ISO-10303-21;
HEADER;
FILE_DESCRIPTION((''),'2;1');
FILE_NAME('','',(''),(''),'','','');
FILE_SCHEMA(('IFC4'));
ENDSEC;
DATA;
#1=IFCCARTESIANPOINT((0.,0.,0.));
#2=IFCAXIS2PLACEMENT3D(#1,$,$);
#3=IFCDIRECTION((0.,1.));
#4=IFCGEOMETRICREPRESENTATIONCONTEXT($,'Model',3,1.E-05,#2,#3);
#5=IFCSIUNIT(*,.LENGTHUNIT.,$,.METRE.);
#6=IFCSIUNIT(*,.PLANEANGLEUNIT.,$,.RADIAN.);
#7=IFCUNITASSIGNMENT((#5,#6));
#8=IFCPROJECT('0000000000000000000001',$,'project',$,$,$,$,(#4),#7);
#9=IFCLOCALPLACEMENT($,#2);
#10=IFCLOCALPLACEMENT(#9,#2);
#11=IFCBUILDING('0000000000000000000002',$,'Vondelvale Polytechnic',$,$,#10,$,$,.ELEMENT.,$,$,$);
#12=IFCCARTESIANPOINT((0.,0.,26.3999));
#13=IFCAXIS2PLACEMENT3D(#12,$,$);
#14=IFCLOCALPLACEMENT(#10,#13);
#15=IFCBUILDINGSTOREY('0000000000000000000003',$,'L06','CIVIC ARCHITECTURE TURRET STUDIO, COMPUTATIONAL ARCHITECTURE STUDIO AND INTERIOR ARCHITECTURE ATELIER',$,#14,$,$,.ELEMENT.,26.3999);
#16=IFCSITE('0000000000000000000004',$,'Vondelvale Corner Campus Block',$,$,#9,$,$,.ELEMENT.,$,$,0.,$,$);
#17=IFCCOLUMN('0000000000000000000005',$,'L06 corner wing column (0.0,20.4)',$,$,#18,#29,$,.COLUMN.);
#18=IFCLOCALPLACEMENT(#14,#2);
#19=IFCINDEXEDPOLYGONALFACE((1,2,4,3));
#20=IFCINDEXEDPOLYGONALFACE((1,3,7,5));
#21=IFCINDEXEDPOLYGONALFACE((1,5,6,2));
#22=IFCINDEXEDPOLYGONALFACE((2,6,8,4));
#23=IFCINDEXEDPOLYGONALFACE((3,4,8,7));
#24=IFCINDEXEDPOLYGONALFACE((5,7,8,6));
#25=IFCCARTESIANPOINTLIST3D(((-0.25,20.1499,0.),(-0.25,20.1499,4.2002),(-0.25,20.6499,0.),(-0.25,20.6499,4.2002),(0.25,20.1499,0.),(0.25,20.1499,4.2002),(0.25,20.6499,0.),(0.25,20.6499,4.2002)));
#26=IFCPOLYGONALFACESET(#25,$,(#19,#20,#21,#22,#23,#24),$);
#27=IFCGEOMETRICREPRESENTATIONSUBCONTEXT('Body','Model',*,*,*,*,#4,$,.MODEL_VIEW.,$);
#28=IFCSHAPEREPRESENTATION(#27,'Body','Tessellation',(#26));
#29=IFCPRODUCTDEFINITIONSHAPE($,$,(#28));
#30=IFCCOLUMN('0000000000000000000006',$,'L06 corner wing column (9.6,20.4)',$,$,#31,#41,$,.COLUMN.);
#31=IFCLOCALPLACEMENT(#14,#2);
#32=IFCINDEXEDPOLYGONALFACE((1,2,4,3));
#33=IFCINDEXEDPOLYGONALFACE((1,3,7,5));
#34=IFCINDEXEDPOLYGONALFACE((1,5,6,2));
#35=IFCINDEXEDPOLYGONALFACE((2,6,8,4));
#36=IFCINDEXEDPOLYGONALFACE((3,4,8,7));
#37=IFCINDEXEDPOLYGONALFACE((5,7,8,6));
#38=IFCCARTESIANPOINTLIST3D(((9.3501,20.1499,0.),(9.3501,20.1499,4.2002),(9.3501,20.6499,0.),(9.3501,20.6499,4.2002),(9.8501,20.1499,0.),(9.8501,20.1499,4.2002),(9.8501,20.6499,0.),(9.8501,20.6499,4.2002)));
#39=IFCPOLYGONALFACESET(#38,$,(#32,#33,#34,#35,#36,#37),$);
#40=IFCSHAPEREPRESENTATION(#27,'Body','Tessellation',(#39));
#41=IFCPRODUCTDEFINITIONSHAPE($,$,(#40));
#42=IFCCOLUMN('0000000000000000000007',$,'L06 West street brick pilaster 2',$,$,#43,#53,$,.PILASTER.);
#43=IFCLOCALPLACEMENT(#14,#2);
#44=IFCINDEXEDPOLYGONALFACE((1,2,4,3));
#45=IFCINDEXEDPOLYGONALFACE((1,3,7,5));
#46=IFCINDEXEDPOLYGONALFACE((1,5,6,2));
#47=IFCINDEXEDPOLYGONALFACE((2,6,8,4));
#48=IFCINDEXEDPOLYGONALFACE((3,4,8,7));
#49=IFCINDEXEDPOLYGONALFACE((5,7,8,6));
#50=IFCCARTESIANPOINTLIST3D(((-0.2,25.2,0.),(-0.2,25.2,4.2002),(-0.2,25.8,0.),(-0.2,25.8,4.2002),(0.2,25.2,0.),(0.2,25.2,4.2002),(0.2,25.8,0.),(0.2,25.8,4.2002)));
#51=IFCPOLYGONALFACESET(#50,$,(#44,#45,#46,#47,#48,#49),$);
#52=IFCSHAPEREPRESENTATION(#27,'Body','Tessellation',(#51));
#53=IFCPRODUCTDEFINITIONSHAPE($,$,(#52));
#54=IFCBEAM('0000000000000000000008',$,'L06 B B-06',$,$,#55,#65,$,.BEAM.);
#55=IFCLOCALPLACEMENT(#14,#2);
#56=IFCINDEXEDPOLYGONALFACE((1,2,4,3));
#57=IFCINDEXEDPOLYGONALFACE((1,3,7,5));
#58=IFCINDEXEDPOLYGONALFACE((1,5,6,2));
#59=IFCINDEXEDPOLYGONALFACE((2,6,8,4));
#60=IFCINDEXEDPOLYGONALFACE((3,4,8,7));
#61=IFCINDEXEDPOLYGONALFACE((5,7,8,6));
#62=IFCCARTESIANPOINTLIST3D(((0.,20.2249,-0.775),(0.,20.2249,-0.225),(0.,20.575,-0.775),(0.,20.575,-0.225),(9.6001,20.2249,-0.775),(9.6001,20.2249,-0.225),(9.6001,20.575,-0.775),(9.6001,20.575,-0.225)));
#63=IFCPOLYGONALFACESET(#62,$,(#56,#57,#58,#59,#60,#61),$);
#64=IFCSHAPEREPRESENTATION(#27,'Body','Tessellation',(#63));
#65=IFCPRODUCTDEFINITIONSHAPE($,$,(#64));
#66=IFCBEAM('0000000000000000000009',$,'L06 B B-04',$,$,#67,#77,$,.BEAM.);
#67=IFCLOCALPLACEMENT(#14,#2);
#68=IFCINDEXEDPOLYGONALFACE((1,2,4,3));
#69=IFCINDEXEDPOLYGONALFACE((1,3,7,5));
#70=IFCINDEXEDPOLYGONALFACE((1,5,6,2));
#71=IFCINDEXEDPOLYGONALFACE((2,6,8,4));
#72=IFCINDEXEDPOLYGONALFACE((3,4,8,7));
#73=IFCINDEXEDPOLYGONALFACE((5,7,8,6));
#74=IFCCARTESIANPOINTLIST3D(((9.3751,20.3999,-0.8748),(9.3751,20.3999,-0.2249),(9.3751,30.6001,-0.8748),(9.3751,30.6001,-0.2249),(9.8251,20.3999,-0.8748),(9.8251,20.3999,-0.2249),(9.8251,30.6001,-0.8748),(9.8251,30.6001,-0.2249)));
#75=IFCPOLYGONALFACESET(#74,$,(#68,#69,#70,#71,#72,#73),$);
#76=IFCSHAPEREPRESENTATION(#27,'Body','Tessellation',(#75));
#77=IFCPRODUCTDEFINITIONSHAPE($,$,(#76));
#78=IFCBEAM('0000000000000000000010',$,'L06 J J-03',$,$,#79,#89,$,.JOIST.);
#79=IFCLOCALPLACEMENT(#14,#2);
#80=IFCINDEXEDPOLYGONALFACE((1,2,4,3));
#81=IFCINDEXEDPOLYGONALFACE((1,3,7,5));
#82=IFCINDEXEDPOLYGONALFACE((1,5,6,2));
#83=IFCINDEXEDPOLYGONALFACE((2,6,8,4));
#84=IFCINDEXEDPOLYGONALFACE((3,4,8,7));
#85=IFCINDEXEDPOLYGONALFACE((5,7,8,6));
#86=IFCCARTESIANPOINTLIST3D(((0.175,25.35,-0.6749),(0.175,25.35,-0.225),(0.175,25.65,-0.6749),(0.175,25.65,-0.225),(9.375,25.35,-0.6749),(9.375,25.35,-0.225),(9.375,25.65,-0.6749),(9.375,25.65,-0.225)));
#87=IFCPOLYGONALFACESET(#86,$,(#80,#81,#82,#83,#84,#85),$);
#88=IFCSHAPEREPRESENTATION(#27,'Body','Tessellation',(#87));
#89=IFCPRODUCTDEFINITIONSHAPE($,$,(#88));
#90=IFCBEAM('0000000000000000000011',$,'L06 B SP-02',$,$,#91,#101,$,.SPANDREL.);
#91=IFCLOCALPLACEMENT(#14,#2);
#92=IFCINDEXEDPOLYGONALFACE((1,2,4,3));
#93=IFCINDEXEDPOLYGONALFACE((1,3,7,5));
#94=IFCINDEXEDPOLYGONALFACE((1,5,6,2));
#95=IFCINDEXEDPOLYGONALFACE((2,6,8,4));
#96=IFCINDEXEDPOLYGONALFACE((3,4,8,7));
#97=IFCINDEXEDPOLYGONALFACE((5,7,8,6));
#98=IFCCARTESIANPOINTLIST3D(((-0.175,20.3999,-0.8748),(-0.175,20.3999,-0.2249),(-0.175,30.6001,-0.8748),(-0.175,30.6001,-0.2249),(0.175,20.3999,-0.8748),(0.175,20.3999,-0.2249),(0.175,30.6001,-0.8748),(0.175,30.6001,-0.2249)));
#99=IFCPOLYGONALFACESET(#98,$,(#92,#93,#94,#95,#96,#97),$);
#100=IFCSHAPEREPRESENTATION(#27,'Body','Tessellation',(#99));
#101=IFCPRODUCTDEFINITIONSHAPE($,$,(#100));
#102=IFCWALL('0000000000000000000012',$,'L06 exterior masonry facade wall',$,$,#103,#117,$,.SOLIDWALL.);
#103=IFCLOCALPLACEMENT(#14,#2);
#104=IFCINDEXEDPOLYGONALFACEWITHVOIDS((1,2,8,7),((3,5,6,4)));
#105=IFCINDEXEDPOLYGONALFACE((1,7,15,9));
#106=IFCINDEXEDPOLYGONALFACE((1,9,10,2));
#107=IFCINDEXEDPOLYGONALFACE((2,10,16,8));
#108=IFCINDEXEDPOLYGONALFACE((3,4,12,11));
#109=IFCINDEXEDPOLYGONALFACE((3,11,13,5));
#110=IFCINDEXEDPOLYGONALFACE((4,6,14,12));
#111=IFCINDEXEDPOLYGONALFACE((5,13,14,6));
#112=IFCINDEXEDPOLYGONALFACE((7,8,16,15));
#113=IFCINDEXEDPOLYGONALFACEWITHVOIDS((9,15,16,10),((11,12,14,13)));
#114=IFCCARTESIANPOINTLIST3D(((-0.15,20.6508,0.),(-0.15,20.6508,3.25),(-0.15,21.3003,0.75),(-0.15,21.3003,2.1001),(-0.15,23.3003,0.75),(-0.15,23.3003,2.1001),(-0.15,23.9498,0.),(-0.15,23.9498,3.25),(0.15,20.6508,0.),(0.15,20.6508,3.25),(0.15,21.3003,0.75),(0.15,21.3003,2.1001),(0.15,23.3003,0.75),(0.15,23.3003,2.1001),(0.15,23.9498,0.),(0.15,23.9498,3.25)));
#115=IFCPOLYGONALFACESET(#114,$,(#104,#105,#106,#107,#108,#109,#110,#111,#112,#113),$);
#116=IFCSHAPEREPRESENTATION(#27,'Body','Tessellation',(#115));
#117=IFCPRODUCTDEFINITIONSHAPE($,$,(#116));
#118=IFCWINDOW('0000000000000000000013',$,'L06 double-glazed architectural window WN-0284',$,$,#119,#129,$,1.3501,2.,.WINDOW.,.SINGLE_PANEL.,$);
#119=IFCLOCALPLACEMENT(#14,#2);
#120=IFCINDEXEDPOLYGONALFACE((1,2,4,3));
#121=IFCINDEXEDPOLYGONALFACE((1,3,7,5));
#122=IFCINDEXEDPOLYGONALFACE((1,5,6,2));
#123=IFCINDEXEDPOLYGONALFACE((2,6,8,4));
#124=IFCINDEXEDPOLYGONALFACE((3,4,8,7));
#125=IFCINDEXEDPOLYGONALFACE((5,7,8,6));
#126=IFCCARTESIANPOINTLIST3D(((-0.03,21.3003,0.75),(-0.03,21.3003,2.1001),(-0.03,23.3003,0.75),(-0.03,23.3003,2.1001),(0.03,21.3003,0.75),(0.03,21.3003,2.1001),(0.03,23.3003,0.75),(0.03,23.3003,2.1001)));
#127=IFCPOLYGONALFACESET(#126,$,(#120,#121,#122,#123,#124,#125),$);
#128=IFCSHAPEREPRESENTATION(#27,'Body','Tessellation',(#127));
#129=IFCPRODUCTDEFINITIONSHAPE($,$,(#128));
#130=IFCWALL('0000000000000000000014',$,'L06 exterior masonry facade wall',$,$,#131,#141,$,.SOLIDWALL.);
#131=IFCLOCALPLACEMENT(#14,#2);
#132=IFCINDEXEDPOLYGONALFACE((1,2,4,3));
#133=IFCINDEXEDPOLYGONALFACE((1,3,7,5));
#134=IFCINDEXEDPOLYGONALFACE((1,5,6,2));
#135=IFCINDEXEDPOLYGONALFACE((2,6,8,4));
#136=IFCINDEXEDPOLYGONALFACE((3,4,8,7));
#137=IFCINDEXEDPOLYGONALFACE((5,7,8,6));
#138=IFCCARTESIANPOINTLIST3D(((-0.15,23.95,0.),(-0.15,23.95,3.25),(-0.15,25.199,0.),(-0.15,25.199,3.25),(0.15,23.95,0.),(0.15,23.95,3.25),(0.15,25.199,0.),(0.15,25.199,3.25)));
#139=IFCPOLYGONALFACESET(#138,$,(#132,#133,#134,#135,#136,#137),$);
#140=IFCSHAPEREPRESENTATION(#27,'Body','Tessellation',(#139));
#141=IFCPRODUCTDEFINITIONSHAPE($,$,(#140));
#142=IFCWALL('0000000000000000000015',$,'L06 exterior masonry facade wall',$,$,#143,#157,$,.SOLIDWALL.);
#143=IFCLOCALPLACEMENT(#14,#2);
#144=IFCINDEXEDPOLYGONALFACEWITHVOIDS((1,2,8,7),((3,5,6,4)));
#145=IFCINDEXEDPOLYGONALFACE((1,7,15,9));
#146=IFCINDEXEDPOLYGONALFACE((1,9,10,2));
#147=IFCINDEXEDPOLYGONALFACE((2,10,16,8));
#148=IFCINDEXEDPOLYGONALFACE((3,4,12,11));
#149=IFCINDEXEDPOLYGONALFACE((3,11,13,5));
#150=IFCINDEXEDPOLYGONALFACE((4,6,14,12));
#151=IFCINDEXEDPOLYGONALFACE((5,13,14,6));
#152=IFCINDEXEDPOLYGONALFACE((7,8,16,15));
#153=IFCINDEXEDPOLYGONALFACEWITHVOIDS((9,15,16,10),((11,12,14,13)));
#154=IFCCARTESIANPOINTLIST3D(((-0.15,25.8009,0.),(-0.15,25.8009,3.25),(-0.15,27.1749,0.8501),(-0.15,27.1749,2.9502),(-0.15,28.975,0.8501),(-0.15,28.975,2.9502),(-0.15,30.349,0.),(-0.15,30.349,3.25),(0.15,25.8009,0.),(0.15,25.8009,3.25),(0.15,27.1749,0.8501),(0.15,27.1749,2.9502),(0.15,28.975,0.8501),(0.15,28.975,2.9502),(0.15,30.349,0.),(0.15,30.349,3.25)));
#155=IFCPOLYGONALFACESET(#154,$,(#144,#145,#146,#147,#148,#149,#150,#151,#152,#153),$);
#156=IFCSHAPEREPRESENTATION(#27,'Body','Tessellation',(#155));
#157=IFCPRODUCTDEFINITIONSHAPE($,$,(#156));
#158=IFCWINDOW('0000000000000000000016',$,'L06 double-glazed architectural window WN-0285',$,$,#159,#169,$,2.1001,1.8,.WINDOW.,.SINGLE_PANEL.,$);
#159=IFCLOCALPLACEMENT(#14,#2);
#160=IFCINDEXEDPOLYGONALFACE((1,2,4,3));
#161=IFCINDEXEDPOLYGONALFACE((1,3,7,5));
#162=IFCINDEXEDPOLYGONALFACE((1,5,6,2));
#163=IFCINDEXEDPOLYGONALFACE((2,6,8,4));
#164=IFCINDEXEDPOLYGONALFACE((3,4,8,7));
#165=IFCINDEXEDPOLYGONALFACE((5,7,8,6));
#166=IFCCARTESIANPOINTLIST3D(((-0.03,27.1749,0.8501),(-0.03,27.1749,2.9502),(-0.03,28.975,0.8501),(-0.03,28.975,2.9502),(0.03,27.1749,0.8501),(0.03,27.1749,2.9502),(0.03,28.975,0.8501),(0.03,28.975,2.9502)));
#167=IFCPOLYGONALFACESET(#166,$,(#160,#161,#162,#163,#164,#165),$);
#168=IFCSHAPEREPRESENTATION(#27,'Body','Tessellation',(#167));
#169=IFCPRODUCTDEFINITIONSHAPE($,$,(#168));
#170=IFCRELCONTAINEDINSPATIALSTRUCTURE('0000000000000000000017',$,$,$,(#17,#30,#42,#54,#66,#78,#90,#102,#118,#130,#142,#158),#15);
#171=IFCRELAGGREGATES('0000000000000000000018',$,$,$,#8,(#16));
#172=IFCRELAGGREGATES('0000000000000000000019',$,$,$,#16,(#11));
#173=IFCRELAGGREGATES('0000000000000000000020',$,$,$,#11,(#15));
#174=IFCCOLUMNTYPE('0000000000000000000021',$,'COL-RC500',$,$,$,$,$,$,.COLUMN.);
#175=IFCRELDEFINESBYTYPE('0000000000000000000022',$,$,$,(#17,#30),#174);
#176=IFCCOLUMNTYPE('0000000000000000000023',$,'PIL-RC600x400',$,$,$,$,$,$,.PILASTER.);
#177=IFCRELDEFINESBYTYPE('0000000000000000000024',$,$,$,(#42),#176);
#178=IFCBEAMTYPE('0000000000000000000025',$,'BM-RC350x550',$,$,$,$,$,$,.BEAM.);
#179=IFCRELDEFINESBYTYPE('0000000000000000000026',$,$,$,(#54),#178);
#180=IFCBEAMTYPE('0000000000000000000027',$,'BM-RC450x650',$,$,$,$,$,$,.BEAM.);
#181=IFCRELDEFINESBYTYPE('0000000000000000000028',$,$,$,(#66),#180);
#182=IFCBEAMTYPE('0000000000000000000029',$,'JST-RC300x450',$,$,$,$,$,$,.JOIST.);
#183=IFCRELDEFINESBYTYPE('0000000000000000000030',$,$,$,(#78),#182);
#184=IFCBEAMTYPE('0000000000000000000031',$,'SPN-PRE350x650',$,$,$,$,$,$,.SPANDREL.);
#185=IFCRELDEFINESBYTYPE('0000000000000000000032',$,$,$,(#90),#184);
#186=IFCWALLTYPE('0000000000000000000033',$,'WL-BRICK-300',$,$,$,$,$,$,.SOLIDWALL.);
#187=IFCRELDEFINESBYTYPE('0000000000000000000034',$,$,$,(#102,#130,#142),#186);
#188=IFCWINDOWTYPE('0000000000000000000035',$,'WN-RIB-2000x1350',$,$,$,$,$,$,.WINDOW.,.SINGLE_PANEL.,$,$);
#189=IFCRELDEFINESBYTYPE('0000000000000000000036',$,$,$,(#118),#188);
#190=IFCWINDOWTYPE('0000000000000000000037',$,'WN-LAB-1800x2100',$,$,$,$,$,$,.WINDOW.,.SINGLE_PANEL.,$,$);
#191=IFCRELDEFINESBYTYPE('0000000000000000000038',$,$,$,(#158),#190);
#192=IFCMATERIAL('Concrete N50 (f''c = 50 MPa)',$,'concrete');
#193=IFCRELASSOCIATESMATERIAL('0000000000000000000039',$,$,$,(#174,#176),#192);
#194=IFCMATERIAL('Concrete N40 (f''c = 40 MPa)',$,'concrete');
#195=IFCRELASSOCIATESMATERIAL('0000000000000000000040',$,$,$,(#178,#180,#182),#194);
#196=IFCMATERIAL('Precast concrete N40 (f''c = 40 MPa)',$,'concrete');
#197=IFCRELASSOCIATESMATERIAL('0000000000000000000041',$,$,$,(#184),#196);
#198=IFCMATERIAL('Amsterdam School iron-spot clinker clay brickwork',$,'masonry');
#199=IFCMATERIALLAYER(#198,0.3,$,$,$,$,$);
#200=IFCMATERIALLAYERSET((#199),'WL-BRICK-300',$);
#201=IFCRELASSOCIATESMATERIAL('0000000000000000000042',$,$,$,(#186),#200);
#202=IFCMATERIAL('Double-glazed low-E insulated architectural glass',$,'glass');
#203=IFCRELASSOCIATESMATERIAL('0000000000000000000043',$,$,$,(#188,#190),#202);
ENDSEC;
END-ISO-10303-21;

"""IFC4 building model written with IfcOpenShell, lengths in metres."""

from ifc_helpers import new_model, si_unit, direction, frame, frame_2d, origin, origin_2d, place, context, subcontext, project, spatial, rectangle, extrude, material, layer, layer_set, material_profile, profile_set, type_object, element, fill, save


model = new_model("IFC4")

# Units and contexts
model_context = context("Model", 3, precision=1e-05, world=origin(), true_north=direction((0.0, 1.0)))
body_context = subcontext(model_context, "Body", "Model", "MODEL_VIEW")
ifc_project = project(units=[si_unit("LENGTHUNIT", "METRE"), si_unit("PLANEANGLEUNIT", "RADIAN")], contexts=[model_context])

# Site, building, storey
site_placement = place(None, origin())
site = spatial("IfcSite", under=ifc_project, at=site_placement, Name="Vondelvale Corner Campus Block", CompositionType="ELEMENT", RefElevation=0.0)
building_placement = place(site_placement, origin())
building = spatial("IfcBuilding", under=site, at=building_placement, Name="Vondelvale Polytechnic", CompositionType="ELEMENT")
storey_placement = place(building_placement, frame((0.0, 0.0, 26.3999)))
storey = spatial("IfcBuildingStorey", under=building, at=storey_placement, Name="L06", Description="CIVIC ARCHITECTURE TURRET STUDIO, COMPUTATIONAL ARCHITECTURE STUDIO AND INTERIOR ARCHITECTURE ATELIER", CompositionType="ELEMENT", Elevation=26.3999)

# Columns
ifc_material_1 = material(Name="Concrete N50 (f'c = 50 MPa)", Category="concrete")
ifc_material_profile_1 = material_profile(ifc_material_1, rectangle(XDim=0.5, YDim=0.5, at=origin_2d()), Name="RC-COL-500x500")
ifc_profile_set_1 = profile_set([ifc_material_profile_1], Name="Concrete N50 (f'c = 50 MPa)")
column_type_1 = type_object("IfcColumnType", Name="COL-RC500", PredefinedType="COLUMN", material=ifc_profile_set_1)
for number, where, z_axis, x_axis, name in (
    (1, (0.0, 20.3999, 0.0), (0.0, 0.0, 1.0), (1.0, 0.0, 0.0), "L06 corner wing column (0.0,20.4)"),
    (2, (9.6001, 20.3999, 0.0), (0.0, 0.0, 1.0), (1.0, 0.0, 0.0), "L06 corner wing column (9.6,20.4)"),
):
    element("IfcColumn", number, at=place(storey_placement, frame(where, z_axis=z_axis, x_axis=x_axis)), inside=storey, type_object=column_type_1, Name=name, PredefinedType="COLUMN", context=body_context, shape_type="SweptSolid", body=[
        extrude(rectangle(XDim=0.5, YDim=0.5, at=origin_2d()), origin(), (0.0, 0.0, 1.0), 4.2002),
    ])
ifc_material_profile_2 = material_profile(ifc_material_1, rectangle(XDim=0.3999, YDim=0.6001, at=origin_2d()), Name="RC-PIL-600x400")
ifc_profile_set_2 = profile_set([ifc_material_profile_2], Name="Concrete N50 (f'c = 50 MPa)")
column_type_2 = type_object("IfcColumnType", Name="PIL-RC600x400", PredefinedType="PILASTER", material=ifc_profile_set_2)
column_placement = place(storey_placement, frame((0.0, 25.5, 0.0), z_axis=(0.0, 0.0, 1.0), x_axis=(1.0, 0.0, 0.0)))
element("IfcColumn", 3, at=column_placement, inside=storey, type_object=column_type_2, Name="L06 West street brick pilaster 2", PredefinedType="PILASTER", context=body_context, shape_type="SweptSolid", body=[
    extrude(rectangle(XDim=0.3999, YDim=0.6001, at=origin_2d()), origin(), (0.0, 0.0, 1.0), 4.2002),
])

# Beams
ifc_material_2 = material(Name="Concrete N40 (f'c = 40 MPa)", Category="concrete")
ifc_material_profile_3 = material_profile(ifc_material_2, rectangle(XDim=0.3501, YDim=0.55, at=origin_2d()), Name="RC-BM-350x550")
ifc_profile_set_3 = profile_set([ifc_material_profile_3], Name="Concrete N40 (f'c = 40 MPa)")
beam_type_1 = type_object("IfcBeamType", Name="BM-RC350x550", PredefinedType="BEAM", material=ifc_profile_set_3)
beam_1_placement = place(storey_placement, frame((0.0, 20.3999, -0.5), z_axis=(1.0, 0.0, 0.0), x_axis=(0.0, 1.0, 0.0)))
element("IfcBeam", 4, at=beam_1_placement, inside=storey, type_object=beam_type_1, Name="L06 B B-06", PredefinedType="BEAM", context=body_context, shape_type="SweptSolid", body=[
    extrude(rectangle(XDim=0.3501, YDim=0.55, at=origin_2d()), origin(), (0.0, 0.0, 1.0), 9.6001),
])
ifc_material_profile_4 = material_profile(ifc_material_2, rectangle(XDim=0.45, YDim=0.6499, at=origin_2d()), Name="RC-BM-450x650")
ifc_profile_set_4 = profile_set([ifc_material_profile_4], Name="Concrete N40 (f'c = 40 MPa)")
beam_type_2 = type_object("IfcBeamType", Name="BM-RC450x650", PredefinedType="BEAM", material=ifc_profile_set_4)
beam_2_placement = place(storey_placement, frame((9.6001, 20.3999, -0.5498), z_axis=(0.0, 1.0, 0.0), x_axis=(-1.0, 0.0, 0.0)))
element("IfcBeam", 5, at=beam_2_placement, inside=storey, type_object=beam_type_2, Name="L06 B B-04", PredefinedType="BEAM", context=body_context, shape_type="SweptSolid", body=[
    extrude(rectangle(XDim=0.45, YDim=0.6499, at=origin_2d()), origin(), (0.0, 0.0, 1.0), 10.2002),
])
ifc_material_profile_5 = material_profile(ifc_material_2, rectangle(XDim=0.3, YDim=0.45, at=origin_2d()), Name="RC-JST-300x450")
ifc_profile_set_5 = profile_set([ifc_material_profile_5], Name="Concrete N40 (f'c = 40 MPa)")
beam_type_3 = type_object("IfcBeamType", Name="JST-RC300x450", PredefinedType="JOIST", material=ifc_profile_set_5)
beam_3_placement = place(storey_placement, frame((0.175, 25.5, -0.45), z_axis=(1.0, 0.0, 0.0), x_axis=(0.0, 1.0, 0.0)))
element("IfcBeam", 6, at=beam_3_placement, inside=storey, type_object=beam_type_3, Name="L06 J J-03", PredefinedType="JOIST", context=body_context, shape_type="SweptSolid", body=[
    extrude(rectangle(XDim=0.3, YDim=0.45, at=origin_2d()), origin(), (0.0, 0.0, 1.0), 9.2),
])
ifc_material_3 = material(Name="Precast concrete N40 (f'c = 40 MPa)", Category="concrete")
ifc_material_profile_6 = material_profile(ifc_material_3, rectangle(XDim=0.3501, YDim=0.6499, at=origin_2d()), Name="RC-SPN-350x650")
ifc_profile_set_6 = profile_set([ifc_material_profile_6], Name="Precast concrete N40 (f'c = 40 MPa)")
beam_type_4 = type_object("IfcBeamType", Name="SPN-PRE350x650", PredefinedType="SPANDREL", material=ifc_profile_set_6)
beam_4_placement = place(storey_placement, frame((0.0, 20.3999, -0.5498), z_axis=(0.0, 1.0, 0.0), x_axis=(-1.0, 0.0, 0.0)))
element("IfcBeam", 7, at=beam_4_placement, inside=storey, type_object=beam_type_4, Name="L06 B SP-02", PredefinedType="SPANDREL", context=body_context, shape_type="SweptSolid", body=[
    extrude(rectangle(XDim=0.3501, YDim=0.6499, at=origin_2d()), origin(), (0.0, 0.0, 1.0), 10.2002),
])

# Wall, opening, window
ifc_material_4 = material(Name="Amsterdam School iron-spot clinker clay brickwork", Category="masonry")
ifc_layer_1 = layer(ifc_material_4, 0.3)
ifc_layer_set_1 = layer_set([ifc_layer_1], Name="WL-BRICK-300")
wall_type_1 = type_object("IfcWallType", Name="WL-BRICK-300", PredefinedType="SOLIDWALL", material=ifc_layer_set_1)
wall_1_placement = place(storey_placement, frame((0.0, 20.6509, 0.0), z_axis=(0.0, 0.0, 1.0), x_axis=(0.0, 1.0, 0.0)))
wall_1 = element("IfcWall", 8, at=wall_1_placement, inside=storey, type_object=wall_type_1, Name="L06 exterior masonry facade wall", PredefinedType="SOLIDWALL", context=body_context, shape_type="SweptSolid", body=[
    extrude(rectangle(XDim=3.2991, YDim=0.3, at=frame_2d((1.6494, 0.0))), origin(), (0.0, 0.0, 1.0), 3.25),
])
opening_1_placement = place(wall_1_placement, frame((0.6494, 0.0, 0.75)))
opening_1 = element("IfcOpeningElement", 9, at=opening_1_placement, cuts=wall_1, PredefinedType="OPENING", context=body_context, shape_type="SweptSolid", body=[
    extrude(rectangle(XDim=2.0, YDim=1.3501, at=frame_2d((1.0, 0.675))), frame((0.0, 0.1599, 0.0), z_axis=(0.0, -1.0, 0.0), x_axis=(1.0, 0.0, 0.0)), (0.0, 0.0, 1.0), 0.3201),
])
ifc_material_5 = material(Name="Double-glazed low-E insulated architectural glass", Category="glass")
window_type_1 = type_object("IfcWindowType", Name="WN-RIB-2000x1350", PartitioningType="SINGLE_PANEL", PredefinedType="WINDOW", material=ifc_material_5)
window_1_placement = place(opening_1_placement, origin())
window_1 = element("IfcWindow", 10, at=window_1_placement, inside=storey, type_object=window_type_1, Name="L06 double-glazed architectural window WN-0284", OverallHeight=1.3501, OverallWidth=2.0, PartitioningType="SINGLE_PANEL", PredefinedType="WINDOW", context=body_context, shape_type="SweptSolid", body=[
    extrude(rectangle(XDim=2.0, YDim=1.3501, at=frame_2d((1.0, 0.675))), frame((0.0, 0.03, 0.0), z_axis=(0.0, -1.0, 0.0), x_axis=(1.0, 0.0, 0.0)), (0.0, 0.0, 1.0), 0.0601),
])
fill(opening_1, window_1)

# Wall
wall_2_placement = place(storey_placement, frame((0.0, 23.95, 0.0), z_axis=(0.0, 0.0, 1.0), x_axis=(0.0, 1.0, 0.0)))
element("IfcWall", 11, at=wall_2_placement, inside=storey, type_object=wall_type_1, Name="L06 exterior masonry facade wall", PredefinedType="SOLIDWALL", context=body_context, shape_type="SweptSolid", body=[
    extrude(rectangle(XDim=1.249, YDim=0.3, at=frame_2d((0.6245, 0.0))), origin(), (0.0, 0.0, 1.0), 3.25),
])

# Wall, opening, window
wall_3_placement = place(storey_placement, frame((0.0, 25.801, 0.0), z_axis=(0.0, 0.0, 1.0), x_axis=(0.0, 1.0, 0.0)))
wall_3 = element("IfcWall", 12, at=wall_3_placement, inside=storey, type_object=wall_type_1, Name="L06 exterior masonry facade wall", PredefinedType="SOLIDWALL", context=body_context, shape_type="SweptSolid", body=[
    extrude(rectangle(XDim=4.5481, YDim=0.3, at=frame_2d((2.2739, 0.0))), origin(), (0.0, 0.0, 1.0), 3.25),
])
opening_2_placement = place(wall_3_placement, frame((1.374, 0.0, 0.8501)))
opening_2 = element("IfcOpeningElement", 13, at=opening_2_placement, cuts=wall_3, PredefinedType="OPENING", context=body_context, shape_type="SweptSolid", body=[
    extrude(rectangle(XDim=1.8, YDim=2.1001, at=frame_2d((0.8999, 1.05))), frame((0.0, 0.1599, 0.0), z_axis=(0.0, -1.0, 0.0), x_axis=(1.0, 0.0, 0.0)), (0.0, 0.0, 1.0), 0.3201),
])
window_type_2 = type_object("IfcWindowType", Name="WN-LAB-1800x2100", PartitioningType="SINGLE_PANEL", PredefinedType="WINDOW", material=ifc_material_5)
window_2_placement = place(opening_2_placement, origin())
window_2 = element("IfcWindow", 14, at=window_2_placement, inside=storey, type_object=window_type_2, Name="L06 double-glazed architectural window WN-0285", OverallHeight=2.1001, OverallWidth=1.8, PartitioningType="SINGLE_PANEL", PredefinedType="WINDOW", context=body_context, shape_type="SweptSolid", body=[
    extrude(rectangle(XDim=1.8, YDim=2.1001, at=frame_2d((0.8999, 1.05))), frame((0.0, 0.03, 0.0), z_axis=(0.0, -1.0, 0.0), x_axis=(1.0, 0.0, 0.0)), (0.0, 0.0, 1.0), 0.0601),
])
fill(opening_2, window_2)

save(model, "model.ifc")
